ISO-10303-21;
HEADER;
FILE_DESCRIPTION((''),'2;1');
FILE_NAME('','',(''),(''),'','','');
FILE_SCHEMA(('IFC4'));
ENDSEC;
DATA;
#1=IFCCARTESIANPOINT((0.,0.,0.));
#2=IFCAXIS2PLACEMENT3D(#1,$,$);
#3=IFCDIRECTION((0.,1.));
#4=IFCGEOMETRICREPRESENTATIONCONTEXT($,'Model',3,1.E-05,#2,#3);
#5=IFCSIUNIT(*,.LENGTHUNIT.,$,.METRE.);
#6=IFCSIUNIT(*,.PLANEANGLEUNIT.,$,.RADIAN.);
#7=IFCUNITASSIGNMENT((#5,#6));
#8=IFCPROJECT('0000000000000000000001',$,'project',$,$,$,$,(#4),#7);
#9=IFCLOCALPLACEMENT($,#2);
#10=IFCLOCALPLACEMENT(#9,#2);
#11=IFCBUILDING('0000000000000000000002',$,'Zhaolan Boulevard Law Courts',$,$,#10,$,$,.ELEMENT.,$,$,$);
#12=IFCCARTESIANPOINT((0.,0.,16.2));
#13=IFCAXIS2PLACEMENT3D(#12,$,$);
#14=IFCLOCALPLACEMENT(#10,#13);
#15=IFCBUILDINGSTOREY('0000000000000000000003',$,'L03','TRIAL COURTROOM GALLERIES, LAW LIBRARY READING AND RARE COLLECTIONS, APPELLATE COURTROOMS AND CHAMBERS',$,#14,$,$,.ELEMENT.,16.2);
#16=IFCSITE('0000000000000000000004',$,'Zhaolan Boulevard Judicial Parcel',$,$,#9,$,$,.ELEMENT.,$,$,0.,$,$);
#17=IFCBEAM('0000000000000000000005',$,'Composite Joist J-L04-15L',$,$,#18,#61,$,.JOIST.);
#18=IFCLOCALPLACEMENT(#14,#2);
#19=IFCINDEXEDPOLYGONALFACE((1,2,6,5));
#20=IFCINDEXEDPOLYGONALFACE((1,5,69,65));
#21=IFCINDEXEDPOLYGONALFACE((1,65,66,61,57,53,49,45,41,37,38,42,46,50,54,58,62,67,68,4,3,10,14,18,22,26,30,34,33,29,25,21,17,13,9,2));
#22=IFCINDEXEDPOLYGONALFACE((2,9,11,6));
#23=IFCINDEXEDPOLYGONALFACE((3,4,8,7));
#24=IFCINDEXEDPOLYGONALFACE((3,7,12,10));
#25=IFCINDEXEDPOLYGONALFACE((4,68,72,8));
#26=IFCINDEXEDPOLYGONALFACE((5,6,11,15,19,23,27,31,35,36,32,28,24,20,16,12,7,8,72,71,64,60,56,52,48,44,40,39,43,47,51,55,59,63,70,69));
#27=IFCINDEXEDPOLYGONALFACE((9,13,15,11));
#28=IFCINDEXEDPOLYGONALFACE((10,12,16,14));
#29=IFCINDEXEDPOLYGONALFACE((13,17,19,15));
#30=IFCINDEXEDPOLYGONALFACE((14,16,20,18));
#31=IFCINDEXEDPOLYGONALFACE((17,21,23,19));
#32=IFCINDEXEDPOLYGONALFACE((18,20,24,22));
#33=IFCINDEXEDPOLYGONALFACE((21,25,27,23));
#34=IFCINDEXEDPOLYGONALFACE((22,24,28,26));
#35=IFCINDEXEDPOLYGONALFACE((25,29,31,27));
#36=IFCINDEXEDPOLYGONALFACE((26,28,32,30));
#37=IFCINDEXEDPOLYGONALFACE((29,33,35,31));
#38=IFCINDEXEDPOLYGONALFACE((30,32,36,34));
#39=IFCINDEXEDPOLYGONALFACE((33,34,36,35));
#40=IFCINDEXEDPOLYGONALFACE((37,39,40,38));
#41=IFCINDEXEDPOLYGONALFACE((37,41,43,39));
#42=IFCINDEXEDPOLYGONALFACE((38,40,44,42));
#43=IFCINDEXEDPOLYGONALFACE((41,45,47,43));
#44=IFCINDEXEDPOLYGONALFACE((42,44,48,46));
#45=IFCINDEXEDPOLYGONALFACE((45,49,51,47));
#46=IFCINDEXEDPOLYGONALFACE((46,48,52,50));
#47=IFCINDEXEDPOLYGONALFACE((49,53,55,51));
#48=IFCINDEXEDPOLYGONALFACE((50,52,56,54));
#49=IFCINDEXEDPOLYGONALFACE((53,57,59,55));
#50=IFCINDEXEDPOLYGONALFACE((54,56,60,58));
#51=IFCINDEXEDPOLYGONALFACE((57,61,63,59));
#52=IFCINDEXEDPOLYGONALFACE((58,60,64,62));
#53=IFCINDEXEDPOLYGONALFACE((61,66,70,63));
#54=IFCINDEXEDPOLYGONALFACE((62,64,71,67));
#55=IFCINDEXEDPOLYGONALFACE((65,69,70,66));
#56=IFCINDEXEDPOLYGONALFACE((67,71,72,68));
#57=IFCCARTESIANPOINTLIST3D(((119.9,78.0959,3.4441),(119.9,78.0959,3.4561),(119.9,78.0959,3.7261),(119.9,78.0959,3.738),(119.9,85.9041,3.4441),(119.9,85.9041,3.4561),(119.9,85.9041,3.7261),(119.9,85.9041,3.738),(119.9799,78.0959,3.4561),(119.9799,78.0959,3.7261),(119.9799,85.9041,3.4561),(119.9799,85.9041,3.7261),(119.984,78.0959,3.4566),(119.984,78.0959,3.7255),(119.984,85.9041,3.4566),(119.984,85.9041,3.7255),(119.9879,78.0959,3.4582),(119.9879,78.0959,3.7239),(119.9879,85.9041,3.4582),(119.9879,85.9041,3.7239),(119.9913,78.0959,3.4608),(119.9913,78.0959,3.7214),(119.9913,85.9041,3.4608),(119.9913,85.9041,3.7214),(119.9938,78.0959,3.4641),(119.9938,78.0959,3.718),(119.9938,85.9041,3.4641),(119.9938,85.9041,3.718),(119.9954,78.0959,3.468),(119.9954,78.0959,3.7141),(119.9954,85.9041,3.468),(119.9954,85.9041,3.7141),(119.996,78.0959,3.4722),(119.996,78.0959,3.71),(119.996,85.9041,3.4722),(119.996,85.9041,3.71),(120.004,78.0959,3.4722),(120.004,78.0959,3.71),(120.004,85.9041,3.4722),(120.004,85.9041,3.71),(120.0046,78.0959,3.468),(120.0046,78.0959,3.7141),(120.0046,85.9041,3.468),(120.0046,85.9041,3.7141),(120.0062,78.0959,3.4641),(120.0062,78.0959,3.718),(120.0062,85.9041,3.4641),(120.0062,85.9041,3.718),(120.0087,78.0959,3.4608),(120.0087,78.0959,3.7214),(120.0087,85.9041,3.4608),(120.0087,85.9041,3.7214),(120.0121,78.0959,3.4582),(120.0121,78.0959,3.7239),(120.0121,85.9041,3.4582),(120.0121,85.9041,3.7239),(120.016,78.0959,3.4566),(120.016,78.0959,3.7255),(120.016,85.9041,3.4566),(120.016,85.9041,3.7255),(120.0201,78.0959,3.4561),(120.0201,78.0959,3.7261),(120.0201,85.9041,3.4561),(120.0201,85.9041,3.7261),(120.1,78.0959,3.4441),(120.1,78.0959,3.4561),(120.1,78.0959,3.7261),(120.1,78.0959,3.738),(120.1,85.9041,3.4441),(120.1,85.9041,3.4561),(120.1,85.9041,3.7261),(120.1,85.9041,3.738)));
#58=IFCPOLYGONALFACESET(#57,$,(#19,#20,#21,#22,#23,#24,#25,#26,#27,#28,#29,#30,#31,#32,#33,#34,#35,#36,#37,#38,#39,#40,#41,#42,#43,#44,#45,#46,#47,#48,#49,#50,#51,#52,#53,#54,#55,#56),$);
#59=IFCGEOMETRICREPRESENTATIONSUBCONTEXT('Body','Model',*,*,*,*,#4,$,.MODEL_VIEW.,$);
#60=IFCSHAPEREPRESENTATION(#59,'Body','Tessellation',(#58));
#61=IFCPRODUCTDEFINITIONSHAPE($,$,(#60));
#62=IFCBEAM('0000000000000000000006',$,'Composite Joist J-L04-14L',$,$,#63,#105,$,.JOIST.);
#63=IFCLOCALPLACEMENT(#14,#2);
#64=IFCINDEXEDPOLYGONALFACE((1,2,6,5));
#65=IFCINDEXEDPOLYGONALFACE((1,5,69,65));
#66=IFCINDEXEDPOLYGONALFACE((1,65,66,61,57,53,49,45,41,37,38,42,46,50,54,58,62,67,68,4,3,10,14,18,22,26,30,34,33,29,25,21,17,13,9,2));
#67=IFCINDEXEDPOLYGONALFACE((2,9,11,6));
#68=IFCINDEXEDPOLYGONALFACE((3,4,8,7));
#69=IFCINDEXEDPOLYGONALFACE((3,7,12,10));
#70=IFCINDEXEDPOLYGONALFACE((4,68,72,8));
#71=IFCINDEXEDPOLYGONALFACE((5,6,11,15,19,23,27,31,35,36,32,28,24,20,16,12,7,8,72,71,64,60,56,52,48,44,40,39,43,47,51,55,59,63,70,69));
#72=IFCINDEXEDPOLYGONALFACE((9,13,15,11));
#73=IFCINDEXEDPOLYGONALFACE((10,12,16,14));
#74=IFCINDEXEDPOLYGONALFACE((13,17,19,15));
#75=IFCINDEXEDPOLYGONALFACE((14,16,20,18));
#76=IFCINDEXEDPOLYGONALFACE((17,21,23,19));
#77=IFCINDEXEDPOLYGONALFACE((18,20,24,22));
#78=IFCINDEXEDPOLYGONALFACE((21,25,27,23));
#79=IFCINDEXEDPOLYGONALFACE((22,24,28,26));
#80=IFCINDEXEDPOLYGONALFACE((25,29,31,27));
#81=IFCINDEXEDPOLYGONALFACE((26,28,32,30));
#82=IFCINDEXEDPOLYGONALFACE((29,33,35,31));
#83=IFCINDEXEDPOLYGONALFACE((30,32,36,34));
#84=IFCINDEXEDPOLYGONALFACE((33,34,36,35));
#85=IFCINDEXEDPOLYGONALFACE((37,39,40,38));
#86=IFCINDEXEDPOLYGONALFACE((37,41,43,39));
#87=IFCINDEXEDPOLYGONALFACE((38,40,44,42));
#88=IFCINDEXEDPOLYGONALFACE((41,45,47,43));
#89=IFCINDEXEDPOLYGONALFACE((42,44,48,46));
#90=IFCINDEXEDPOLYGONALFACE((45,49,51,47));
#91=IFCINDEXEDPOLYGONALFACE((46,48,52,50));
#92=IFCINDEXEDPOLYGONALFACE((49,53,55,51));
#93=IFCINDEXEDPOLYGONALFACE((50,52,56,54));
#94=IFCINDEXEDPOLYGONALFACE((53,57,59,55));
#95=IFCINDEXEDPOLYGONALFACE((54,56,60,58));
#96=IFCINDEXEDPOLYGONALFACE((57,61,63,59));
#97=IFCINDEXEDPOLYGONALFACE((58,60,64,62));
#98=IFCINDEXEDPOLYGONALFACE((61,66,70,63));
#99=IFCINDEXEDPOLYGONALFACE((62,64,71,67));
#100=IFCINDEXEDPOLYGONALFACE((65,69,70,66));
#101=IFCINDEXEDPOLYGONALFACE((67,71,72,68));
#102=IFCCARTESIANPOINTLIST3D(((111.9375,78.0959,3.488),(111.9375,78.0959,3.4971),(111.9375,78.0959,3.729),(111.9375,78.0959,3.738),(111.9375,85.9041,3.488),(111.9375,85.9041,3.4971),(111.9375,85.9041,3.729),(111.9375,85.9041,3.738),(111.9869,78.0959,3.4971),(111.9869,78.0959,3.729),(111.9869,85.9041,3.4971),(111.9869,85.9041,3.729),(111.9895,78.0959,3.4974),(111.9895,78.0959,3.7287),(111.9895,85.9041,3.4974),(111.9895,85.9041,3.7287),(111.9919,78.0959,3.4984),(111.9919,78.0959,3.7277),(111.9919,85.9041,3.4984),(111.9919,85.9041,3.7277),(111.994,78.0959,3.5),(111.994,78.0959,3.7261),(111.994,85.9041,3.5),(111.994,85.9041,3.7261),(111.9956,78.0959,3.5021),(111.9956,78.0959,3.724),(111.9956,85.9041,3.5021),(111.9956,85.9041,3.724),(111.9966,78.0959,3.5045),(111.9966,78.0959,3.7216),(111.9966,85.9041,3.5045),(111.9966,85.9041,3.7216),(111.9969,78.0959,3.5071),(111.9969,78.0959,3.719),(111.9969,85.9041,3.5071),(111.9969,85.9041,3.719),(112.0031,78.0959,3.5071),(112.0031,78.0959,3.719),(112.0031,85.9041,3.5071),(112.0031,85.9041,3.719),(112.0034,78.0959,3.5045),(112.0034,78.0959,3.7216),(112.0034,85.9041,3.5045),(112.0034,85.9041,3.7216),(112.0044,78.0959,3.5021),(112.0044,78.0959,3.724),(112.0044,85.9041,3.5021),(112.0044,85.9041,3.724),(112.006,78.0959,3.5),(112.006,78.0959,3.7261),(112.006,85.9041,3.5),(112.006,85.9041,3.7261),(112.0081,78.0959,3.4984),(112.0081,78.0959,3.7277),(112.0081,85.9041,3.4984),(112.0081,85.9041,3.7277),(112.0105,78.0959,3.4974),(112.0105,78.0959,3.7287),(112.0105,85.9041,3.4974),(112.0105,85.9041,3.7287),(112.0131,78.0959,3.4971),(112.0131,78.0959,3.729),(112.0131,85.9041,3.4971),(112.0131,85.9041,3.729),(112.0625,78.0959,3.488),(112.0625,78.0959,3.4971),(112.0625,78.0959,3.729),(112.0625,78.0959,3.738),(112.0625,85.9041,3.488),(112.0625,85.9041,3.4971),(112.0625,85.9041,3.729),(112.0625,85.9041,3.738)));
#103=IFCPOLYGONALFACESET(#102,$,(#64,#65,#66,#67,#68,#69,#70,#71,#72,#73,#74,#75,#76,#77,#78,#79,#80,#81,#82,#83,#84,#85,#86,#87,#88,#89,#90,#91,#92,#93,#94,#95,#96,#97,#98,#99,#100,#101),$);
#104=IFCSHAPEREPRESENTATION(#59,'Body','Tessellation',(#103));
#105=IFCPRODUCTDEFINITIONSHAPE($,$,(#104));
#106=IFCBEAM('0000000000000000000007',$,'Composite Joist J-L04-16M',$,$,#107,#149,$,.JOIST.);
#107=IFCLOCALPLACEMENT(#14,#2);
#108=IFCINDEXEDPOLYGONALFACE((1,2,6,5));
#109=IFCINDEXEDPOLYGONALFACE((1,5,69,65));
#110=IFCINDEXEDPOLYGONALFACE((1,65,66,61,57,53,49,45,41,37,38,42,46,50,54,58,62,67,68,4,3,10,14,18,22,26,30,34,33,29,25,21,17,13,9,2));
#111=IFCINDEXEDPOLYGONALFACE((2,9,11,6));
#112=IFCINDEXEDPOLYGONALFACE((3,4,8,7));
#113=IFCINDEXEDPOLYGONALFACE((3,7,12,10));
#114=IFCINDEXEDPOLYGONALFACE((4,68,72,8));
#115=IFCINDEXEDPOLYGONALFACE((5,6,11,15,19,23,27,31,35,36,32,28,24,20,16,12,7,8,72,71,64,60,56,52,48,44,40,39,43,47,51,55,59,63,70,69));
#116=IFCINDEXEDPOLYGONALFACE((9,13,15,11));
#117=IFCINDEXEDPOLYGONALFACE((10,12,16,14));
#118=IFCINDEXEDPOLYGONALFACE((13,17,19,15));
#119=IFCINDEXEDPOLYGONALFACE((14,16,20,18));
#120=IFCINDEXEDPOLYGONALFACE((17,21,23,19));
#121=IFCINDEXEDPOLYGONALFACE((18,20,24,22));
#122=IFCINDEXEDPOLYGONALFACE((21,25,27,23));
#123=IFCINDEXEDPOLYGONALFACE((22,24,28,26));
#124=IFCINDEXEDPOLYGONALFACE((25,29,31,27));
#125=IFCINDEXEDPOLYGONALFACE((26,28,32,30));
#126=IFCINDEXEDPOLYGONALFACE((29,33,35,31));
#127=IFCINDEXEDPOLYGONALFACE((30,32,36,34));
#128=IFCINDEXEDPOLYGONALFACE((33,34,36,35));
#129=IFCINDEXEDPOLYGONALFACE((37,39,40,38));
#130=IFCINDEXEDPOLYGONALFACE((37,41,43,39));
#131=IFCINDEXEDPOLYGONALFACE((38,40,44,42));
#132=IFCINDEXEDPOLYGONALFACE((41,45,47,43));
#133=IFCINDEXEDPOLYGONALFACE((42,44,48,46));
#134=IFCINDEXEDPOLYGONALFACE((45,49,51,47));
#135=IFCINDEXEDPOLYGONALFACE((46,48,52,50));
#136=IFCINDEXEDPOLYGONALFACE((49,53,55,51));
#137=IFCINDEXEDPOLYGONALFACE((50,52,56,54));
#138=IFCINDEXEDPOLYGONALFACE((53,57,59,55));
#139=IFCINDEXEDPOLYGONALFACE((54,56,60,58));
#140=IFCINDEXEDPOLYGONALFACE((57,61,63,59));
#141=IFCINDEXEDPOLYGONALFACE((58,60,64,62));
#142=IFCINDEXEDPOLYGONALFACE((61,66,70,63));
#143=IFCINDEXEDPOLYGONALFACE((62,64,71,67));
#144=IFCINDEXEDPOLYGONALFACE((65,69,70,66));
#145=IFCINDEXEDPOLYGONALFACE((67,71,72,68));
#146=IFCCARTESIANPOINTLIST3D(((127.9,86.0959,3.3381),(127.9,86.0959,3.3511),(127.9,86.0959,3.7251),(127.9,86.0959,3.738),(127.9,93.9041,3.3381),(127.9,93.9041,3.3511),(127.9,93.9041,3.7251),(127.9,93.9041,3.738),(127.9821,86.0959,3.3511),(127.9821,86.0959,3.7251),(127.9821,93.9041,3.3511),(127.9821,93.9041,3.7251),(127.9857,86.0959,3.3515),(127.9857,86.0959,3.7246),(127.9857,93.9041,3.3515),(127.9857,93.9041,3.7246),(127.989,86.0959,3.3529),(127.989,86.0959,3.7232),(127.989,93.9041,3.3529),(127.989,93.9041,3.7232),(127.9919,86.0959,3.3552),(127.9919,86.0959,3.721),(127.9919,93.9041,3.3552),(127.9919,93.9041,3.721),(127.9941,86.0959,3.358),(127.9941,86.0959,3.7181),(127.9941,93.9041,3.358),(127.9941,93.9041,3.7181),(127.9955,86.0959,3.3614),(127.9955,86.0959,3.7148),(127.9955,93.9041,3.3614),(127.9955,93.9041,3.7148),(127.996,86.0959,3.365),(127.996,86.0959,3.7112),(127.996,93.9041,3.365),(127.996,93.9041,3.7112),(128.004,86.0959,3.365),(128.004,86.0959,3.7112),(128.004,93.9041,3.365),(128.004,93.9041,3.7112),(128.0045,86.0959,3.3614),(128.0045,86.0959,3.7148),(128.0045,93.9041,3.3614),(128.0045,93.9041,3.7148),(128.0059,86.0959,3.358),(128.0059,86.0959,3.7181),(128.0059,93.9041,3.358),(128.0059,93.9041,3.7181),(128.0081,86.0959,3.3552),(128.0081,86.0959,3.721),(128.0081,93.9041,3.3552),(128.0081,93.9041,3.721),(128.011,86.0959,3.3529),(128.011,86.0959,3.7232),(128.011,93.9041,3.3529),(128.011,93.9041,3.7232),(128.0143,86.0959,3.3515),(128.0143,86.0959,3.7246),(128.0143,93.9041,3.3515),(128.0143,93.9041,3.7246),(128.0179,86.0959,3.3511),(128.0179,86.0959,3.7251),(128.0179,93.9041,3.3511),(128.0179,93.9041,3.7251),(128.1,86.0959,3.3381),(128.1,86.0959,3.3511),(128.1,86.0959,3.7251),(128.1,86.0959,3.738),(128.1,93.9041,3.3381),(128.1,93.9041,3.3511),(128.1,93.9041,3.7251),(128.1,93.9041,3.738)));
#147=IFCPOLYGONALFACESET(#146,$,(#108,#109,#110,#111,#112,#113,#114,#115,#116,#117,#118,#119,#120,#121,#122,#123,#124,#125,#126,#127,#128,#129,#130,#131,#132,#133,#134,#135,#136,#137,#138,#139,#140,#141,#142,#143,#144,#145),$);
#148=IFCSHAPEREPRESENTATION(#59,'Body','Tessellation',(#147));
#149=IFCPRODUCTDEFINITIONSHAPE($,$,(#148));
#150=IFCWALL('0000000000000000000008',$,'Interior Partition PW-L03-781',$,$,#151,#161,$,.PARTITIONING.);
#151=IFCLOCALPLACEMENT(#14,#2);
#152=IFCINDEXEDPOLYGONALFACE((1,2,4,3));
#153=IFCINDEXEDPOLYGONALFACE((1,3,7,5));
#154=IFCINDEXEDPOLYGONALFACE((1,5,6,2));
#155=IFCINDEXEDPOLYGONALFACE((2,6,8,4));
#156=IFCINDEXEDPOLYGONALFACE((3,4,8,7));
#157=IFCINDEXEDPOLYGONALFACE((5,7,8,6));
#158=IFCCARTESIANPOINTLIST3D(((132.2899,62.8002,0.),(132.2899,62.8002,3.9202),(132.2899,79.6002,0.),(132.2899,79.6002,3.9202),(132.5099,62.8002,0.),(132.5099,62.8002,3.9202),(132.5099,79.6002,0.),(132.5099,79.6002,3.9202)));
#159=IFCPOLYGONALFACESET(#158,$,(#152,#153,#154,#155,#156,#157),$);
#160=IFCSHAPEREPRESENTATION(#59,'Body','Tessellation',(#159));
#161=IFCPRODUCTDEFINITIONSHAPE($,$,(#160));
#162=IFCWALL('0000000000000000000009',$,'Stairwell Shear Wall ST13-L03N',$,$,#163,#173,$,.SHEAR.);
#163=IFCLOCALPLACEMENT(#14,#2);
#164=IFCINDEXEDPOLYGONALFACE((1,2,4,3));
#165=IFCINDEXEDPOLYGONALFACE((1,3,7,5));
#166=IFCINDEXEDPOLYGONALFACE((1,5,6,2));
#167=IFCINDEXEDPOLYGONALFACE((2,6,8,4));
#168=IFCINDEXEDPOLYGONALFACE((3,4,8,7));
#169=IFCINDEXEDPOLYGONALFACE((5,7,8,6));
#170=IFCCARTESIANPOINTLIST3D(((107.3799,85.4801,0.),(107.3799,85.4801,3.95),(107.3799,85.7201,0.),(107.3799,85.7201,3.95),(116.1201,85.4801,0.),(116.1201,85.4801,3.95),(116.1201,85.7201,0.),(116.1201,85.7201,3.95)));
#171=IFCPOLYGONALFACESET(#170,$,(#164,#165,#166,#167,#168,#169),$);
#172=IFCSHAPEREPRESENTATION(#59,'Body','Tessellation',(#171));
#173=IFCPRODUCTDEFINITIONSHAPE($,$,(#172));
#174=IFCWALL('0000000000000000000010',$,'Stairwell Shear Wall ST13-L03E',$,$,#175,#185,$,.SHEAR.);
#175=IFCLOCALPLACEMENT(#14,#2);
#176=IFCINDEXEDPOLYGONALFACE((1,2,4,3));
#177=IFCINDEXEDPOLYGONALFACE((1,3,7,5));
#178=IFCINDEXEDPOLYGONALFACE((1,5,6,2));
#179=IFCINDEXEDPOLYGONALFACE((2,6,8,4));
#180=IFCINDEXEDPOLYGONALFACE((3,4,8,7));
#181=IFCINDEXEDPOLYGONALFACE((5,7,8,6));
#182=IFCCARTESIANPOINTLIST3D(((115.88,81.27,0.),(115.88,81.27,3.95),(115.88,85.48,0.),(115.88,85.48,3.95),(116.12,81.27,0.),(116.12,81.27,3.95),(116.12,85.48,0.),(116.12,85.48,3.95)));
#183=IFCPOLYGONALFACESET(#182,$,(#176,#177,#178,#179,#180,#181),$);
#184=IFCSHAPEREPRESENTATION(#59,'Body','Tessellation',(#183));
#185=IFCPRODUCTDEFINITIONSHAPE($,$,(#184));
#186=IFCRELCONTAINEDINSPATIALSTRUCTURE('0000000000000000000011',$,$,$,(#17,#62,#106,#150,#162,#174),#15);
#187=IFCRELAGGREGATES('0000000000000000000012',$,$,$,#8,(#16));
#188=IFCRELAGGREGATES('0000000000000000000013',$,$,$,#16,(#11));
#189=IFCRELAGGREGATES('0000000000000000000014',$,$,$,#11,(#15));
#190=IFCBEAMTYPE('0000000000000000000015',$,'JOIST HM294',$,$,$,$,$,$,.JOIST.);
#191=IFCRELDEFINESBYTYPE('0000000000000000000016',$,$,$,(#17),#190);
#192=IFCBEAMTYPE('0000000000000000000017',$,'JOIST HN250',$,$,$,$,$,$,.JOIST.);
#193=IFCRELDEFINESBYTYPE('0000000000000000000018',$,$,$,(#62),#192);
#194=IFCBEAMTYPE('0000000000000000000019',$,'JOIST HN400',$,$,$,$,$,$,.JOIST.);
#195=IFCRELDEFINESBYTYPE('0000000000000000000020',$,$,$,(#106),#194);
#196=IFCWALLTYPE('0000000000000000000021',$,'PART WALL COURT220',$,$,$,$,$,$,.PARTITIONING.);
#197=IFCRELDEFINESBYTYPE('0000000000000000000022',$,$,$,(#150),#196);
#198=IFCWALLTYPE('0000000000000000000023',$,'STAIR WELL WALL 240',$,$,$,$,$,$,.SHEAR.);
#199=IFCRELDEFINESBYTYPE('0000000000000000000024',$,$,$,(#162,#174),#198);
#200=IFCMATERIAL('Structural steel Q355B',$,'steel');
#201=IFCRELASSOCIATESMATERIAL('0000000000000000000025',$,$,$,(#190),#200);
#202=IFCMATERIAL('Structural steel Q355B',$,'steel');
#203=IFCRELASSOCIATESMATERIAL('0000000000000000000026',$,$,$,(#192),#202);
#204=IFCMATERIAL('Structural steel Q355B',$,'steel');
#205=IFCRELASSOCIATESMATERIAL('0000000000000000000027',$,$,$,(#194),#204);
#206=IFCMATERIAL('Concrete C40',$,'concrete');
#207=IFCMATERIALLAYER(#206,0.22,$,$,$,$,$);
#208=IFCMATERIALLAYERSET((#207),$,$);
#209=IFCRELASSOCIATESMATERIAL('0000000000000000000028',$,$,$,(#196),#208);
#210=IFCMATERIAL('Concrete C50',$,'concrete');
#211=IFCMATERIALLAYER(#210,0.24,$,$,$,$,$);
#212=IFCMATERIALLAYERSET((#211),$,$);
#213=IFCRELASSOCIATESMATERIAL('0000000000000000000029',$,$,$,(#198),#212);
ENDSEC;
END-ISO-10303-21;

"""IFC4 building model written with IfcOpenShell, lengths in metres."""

from ifc_helpers import new_model, si_unit, direction, frame, frame_2d, origin, origin_2d, place, context, subcontext, project, spatial, rectangle, i_section, extrude, material, layer, layer_set, material_profile, profile_set, type_object, element, save


model = new_model("IFC4")

# Units and contexts
model_context = context("Model", 3, precision=1e-05, world=origin(), true_north=direction((0.0, 1.0)))
body_context = subcontext(model_context, "Body", "Model", "MODEL_VIEW")
ifc_project = project(units=[si_unit("LENGTHUNIT", "METRE"), si_unit("PLANEANGLEUNIT", "RADIAN")], contexts=[model_context])

# Site, building, storey
site_placement = place(None, origin())
site = spatial("IfcSite", under=ifc_project, at=site_placement, Name="Zhaolan Boulevard Judicial Parcel", CompositionType="ELEMENT", RefElevation=0.0)
building_placement = place(site_placement, origin())
building = spatial("IfcBuilding", under=site, at=building_placement, Name="Zhaolan Boulevard Law Courts", CompositionType="ELEMENT")
storey_placement = place(building_placement, frame((0.0, 0.0, 16.2)))
storey = spatial("IfcBuildingStorey", under=building, at=storey_placement, Name="L03", Description="TRIAL COURTROOM GALLERIES, LAW LIBRARY READING AND RARE COLLECTIONS, APPELLATE COURTROOMS AND CHAMBERS", CompositionType="ELEMENT", Elevation=16.2)

# Beams
ifc_material_1 = material(Name="Structural steel Q355B", Category="steel")
ifc_material_profile_1 = material_profile(ifc_material_1, i_section(OverallWidth=0.2, OverallDepth=0.2939, WebThickness=0.0081, FlangeThickness=0.012, FilletRadius=0.0161, at=origin_2d()), Name="HM294x200")
ifc_profile_set_1 = profile_set([ifc_material_profile_1], Name="Structural steel Q355B")
beam_type_1 = type_object("IfcBeamType", Name="JOIST HM294", PredefinedType="JOIST", material=ifc_profile_set_1)
for number, where, z_axis, x_axis, name in (
    (1, (120.0, 78.0959, 3.5911), (0.0, 1.0, 0.0), (-1.0, 0.0, 0.0), "Composite Joist J-L04-15L"),
):
    element("IfcBeam", number, at=place(storey_placement, frame(where, z_axis=z_axis, x_axis=x_axis)), inside=storey, type_object=beam_type_1, Name=name, PredefinedType="JOIST", context=body_context, shape_type="SweptSolid", body=[
        extrude(i_section(OverallWidth=0.2, OverallDepth=0.2939, WebThickness=0.0081, FlangeThickness=0.012, FilletRadius=0.0161, at=origin_2d()), origin(), (0.0, 0.0, 1.0), 7.8081),
    ])
ifc_material_2 = material(Name="Structural steel Q355B", Category="steel")
ifc_material_profile_2 = material_profile(ifc_material_2, i_section(OverallWidth=0.125, OverallDepth=0.25, WebThickness=0.0061, FlangeThickness=0.009, FilletRadius=0.01, at=origin_2d()), Name="HN250x125")
ifc_profile_set_2 = profile_set([ifc_material_profile_2], Name="Structural steel Q355B")
beam_type_2 = type_object("IfcBeamType", Name="JOIST HN250", PredefinedType="JOIST", material=ifc_profile_set_2)
beam_1_placement = place(storey_placement, frame((112.0, 78.0959, 3.613), z_axis=(0.0, 1.0, 0.0), x_axis=(-1.0, 0.0, 0.0)))
element("IfcBeam", 2, at=beam_1_placement, inside=storey, type_object=beam_type_2, Name="Composite Joist J-L04-14L", PredefinedType="JOIST", context=body_context, shape_type="SweptSolid", body=[
    extrude(i_section(OverallWidth=0.125, OverallDepth=0.25, WebThickness=0.0061, FlangeThickness=0.009, FilletRadius=0.01, at=origin_2d()), origin(), (0.0, 0.0, 1.0), 7.8081),
])
ifc_material_3 = material(Name="Structural steel Q355B", Category="steel")
ifc_material_profile_3 = material_profile(ifc_material_3, i_section(OverallWidth=0.2, OverallDepth=0.3999, WebThickness=0.0081, FlangeThickness=0.0129, FilletRadius=0.0139, at=origin_2d()), Name="HN400x200")
ifc_profile_set_3 = profile_set([ifc_material_profile_3], Name="Structural steel Q355B")
beam_type_3 = type_object("IfcBeamType", Name="JOIST HN400", PredefinedType="JOIST", material=ifc_profile_set_3)
beam_2_placement = place(storey_placement, frame((128.0, 86.0959, 3.5381), z_axis=(0.0, 1.0, 0.0), x_axis=(-1.0, 0.0, 0.0)))
element("IfcBeam", 3, at=beam_2_placement, inside=storey, type_object=beam_type_3, Name="Composite Joist J-L04-16M", PredefinedType="JOIST", context=body_context, shape_type="SweptSolid", body=[
    extrude(i_section(OverallWidth=0.2, OverallDepth=0.3999, WebThickness=0.0081, FlangeThickness=0.0129, FilletRadius=0.0139, at=origin_2d()), origin(), (0.0, 0.0, 1.0), 7.8081),
])

# Walls
ifc_material_4 = material(Name="Concrete C40", Category="concrete")
ifc_layer_1 = layer(ifc_material_4, 0.22)
ifc_layer_set_1 = layer_set([ifc_layer_1])
wall_type_1 = type_object("IfcWallType", Name="PART WALL COURT220", PredefinedType="PARTITIONING", material=ifc_layer_set_1)
wall_1_placement = place(storey_placement, frame((132.3999, 79.6001, 0.0), z_axis=(0.0, 0.0, 1.0), x_axis=(0.0, -1.0, 0.0)))
element("IfcWall", 4, at=wall_1_placement, inside=storey, type_object=wall_type_1, Name="Interior Partition PW-L03-781", PredefinedType="PARTITIONING", context=body_context, shape_type="SweptSolid", body=[
    extrude(rectangle(XDim=16.8, YDim=0.22, at=frame_2d((8.3999, 0.0))), origin(), (0.0, 0.0, 1.0), 3.9202),
])
ifc_material_5 = material(Name="Concrete C50", Category="concrete")
ifc_layer_2 = layer(ifc_material_5, 0.24)
ifc_layer_set_2 = layer_set([ifc_layer_2])
wall_type_2 = type_object("IfcWallType", Name="STAIR WELL WALL 240", PredefinedType="SHEAR", material=ifc_layer_set_2)
wall_2_placement = place(storey_placement, frame((116.1201, 85.6001, 0.0), z_axis=(0.0, 0.0, 1.0), x_axis=(-1.0, 0.0, 0.0)))
element("IfcWall", 5, at=wall_2_placement, inside=storey, type_object=wall_type_2, Name="Stairwell Shear Wall ST13-L03N", PredefinedType="SHEAR", context=body_context, shape_type="SweptSolid", body=[
    extrude(rectangle(XDim=8.7402, YDim=0.24, at=frame_2d((4.3701, 0.0))), origin(), (0.0, 0.0, 1.0), 3.95),
])
wall_3_placement = place(storey_placement, frame((116.0, 81.27, 0.0), z_axis=(0.0, 0.0, 1.0), x_axis=(0.0, 1.0, 0.0)))
element("IfcWall", 6, at=wall_3_placement, inside=storey, type_object=wall_type_2, Name="Stairwell Shear Wall ST13-L03E", PredefinedType="SHEAR", context=body_context, shape_type="SweptSolid", body=[
    extrude(rectangle(XDim=4.21, YDim=0.24, at=frame_2d((2.105, 0.0))), origin(), (0.0, 0.0, 1.0), 3.95),
])

save(model, "model.ifc")
